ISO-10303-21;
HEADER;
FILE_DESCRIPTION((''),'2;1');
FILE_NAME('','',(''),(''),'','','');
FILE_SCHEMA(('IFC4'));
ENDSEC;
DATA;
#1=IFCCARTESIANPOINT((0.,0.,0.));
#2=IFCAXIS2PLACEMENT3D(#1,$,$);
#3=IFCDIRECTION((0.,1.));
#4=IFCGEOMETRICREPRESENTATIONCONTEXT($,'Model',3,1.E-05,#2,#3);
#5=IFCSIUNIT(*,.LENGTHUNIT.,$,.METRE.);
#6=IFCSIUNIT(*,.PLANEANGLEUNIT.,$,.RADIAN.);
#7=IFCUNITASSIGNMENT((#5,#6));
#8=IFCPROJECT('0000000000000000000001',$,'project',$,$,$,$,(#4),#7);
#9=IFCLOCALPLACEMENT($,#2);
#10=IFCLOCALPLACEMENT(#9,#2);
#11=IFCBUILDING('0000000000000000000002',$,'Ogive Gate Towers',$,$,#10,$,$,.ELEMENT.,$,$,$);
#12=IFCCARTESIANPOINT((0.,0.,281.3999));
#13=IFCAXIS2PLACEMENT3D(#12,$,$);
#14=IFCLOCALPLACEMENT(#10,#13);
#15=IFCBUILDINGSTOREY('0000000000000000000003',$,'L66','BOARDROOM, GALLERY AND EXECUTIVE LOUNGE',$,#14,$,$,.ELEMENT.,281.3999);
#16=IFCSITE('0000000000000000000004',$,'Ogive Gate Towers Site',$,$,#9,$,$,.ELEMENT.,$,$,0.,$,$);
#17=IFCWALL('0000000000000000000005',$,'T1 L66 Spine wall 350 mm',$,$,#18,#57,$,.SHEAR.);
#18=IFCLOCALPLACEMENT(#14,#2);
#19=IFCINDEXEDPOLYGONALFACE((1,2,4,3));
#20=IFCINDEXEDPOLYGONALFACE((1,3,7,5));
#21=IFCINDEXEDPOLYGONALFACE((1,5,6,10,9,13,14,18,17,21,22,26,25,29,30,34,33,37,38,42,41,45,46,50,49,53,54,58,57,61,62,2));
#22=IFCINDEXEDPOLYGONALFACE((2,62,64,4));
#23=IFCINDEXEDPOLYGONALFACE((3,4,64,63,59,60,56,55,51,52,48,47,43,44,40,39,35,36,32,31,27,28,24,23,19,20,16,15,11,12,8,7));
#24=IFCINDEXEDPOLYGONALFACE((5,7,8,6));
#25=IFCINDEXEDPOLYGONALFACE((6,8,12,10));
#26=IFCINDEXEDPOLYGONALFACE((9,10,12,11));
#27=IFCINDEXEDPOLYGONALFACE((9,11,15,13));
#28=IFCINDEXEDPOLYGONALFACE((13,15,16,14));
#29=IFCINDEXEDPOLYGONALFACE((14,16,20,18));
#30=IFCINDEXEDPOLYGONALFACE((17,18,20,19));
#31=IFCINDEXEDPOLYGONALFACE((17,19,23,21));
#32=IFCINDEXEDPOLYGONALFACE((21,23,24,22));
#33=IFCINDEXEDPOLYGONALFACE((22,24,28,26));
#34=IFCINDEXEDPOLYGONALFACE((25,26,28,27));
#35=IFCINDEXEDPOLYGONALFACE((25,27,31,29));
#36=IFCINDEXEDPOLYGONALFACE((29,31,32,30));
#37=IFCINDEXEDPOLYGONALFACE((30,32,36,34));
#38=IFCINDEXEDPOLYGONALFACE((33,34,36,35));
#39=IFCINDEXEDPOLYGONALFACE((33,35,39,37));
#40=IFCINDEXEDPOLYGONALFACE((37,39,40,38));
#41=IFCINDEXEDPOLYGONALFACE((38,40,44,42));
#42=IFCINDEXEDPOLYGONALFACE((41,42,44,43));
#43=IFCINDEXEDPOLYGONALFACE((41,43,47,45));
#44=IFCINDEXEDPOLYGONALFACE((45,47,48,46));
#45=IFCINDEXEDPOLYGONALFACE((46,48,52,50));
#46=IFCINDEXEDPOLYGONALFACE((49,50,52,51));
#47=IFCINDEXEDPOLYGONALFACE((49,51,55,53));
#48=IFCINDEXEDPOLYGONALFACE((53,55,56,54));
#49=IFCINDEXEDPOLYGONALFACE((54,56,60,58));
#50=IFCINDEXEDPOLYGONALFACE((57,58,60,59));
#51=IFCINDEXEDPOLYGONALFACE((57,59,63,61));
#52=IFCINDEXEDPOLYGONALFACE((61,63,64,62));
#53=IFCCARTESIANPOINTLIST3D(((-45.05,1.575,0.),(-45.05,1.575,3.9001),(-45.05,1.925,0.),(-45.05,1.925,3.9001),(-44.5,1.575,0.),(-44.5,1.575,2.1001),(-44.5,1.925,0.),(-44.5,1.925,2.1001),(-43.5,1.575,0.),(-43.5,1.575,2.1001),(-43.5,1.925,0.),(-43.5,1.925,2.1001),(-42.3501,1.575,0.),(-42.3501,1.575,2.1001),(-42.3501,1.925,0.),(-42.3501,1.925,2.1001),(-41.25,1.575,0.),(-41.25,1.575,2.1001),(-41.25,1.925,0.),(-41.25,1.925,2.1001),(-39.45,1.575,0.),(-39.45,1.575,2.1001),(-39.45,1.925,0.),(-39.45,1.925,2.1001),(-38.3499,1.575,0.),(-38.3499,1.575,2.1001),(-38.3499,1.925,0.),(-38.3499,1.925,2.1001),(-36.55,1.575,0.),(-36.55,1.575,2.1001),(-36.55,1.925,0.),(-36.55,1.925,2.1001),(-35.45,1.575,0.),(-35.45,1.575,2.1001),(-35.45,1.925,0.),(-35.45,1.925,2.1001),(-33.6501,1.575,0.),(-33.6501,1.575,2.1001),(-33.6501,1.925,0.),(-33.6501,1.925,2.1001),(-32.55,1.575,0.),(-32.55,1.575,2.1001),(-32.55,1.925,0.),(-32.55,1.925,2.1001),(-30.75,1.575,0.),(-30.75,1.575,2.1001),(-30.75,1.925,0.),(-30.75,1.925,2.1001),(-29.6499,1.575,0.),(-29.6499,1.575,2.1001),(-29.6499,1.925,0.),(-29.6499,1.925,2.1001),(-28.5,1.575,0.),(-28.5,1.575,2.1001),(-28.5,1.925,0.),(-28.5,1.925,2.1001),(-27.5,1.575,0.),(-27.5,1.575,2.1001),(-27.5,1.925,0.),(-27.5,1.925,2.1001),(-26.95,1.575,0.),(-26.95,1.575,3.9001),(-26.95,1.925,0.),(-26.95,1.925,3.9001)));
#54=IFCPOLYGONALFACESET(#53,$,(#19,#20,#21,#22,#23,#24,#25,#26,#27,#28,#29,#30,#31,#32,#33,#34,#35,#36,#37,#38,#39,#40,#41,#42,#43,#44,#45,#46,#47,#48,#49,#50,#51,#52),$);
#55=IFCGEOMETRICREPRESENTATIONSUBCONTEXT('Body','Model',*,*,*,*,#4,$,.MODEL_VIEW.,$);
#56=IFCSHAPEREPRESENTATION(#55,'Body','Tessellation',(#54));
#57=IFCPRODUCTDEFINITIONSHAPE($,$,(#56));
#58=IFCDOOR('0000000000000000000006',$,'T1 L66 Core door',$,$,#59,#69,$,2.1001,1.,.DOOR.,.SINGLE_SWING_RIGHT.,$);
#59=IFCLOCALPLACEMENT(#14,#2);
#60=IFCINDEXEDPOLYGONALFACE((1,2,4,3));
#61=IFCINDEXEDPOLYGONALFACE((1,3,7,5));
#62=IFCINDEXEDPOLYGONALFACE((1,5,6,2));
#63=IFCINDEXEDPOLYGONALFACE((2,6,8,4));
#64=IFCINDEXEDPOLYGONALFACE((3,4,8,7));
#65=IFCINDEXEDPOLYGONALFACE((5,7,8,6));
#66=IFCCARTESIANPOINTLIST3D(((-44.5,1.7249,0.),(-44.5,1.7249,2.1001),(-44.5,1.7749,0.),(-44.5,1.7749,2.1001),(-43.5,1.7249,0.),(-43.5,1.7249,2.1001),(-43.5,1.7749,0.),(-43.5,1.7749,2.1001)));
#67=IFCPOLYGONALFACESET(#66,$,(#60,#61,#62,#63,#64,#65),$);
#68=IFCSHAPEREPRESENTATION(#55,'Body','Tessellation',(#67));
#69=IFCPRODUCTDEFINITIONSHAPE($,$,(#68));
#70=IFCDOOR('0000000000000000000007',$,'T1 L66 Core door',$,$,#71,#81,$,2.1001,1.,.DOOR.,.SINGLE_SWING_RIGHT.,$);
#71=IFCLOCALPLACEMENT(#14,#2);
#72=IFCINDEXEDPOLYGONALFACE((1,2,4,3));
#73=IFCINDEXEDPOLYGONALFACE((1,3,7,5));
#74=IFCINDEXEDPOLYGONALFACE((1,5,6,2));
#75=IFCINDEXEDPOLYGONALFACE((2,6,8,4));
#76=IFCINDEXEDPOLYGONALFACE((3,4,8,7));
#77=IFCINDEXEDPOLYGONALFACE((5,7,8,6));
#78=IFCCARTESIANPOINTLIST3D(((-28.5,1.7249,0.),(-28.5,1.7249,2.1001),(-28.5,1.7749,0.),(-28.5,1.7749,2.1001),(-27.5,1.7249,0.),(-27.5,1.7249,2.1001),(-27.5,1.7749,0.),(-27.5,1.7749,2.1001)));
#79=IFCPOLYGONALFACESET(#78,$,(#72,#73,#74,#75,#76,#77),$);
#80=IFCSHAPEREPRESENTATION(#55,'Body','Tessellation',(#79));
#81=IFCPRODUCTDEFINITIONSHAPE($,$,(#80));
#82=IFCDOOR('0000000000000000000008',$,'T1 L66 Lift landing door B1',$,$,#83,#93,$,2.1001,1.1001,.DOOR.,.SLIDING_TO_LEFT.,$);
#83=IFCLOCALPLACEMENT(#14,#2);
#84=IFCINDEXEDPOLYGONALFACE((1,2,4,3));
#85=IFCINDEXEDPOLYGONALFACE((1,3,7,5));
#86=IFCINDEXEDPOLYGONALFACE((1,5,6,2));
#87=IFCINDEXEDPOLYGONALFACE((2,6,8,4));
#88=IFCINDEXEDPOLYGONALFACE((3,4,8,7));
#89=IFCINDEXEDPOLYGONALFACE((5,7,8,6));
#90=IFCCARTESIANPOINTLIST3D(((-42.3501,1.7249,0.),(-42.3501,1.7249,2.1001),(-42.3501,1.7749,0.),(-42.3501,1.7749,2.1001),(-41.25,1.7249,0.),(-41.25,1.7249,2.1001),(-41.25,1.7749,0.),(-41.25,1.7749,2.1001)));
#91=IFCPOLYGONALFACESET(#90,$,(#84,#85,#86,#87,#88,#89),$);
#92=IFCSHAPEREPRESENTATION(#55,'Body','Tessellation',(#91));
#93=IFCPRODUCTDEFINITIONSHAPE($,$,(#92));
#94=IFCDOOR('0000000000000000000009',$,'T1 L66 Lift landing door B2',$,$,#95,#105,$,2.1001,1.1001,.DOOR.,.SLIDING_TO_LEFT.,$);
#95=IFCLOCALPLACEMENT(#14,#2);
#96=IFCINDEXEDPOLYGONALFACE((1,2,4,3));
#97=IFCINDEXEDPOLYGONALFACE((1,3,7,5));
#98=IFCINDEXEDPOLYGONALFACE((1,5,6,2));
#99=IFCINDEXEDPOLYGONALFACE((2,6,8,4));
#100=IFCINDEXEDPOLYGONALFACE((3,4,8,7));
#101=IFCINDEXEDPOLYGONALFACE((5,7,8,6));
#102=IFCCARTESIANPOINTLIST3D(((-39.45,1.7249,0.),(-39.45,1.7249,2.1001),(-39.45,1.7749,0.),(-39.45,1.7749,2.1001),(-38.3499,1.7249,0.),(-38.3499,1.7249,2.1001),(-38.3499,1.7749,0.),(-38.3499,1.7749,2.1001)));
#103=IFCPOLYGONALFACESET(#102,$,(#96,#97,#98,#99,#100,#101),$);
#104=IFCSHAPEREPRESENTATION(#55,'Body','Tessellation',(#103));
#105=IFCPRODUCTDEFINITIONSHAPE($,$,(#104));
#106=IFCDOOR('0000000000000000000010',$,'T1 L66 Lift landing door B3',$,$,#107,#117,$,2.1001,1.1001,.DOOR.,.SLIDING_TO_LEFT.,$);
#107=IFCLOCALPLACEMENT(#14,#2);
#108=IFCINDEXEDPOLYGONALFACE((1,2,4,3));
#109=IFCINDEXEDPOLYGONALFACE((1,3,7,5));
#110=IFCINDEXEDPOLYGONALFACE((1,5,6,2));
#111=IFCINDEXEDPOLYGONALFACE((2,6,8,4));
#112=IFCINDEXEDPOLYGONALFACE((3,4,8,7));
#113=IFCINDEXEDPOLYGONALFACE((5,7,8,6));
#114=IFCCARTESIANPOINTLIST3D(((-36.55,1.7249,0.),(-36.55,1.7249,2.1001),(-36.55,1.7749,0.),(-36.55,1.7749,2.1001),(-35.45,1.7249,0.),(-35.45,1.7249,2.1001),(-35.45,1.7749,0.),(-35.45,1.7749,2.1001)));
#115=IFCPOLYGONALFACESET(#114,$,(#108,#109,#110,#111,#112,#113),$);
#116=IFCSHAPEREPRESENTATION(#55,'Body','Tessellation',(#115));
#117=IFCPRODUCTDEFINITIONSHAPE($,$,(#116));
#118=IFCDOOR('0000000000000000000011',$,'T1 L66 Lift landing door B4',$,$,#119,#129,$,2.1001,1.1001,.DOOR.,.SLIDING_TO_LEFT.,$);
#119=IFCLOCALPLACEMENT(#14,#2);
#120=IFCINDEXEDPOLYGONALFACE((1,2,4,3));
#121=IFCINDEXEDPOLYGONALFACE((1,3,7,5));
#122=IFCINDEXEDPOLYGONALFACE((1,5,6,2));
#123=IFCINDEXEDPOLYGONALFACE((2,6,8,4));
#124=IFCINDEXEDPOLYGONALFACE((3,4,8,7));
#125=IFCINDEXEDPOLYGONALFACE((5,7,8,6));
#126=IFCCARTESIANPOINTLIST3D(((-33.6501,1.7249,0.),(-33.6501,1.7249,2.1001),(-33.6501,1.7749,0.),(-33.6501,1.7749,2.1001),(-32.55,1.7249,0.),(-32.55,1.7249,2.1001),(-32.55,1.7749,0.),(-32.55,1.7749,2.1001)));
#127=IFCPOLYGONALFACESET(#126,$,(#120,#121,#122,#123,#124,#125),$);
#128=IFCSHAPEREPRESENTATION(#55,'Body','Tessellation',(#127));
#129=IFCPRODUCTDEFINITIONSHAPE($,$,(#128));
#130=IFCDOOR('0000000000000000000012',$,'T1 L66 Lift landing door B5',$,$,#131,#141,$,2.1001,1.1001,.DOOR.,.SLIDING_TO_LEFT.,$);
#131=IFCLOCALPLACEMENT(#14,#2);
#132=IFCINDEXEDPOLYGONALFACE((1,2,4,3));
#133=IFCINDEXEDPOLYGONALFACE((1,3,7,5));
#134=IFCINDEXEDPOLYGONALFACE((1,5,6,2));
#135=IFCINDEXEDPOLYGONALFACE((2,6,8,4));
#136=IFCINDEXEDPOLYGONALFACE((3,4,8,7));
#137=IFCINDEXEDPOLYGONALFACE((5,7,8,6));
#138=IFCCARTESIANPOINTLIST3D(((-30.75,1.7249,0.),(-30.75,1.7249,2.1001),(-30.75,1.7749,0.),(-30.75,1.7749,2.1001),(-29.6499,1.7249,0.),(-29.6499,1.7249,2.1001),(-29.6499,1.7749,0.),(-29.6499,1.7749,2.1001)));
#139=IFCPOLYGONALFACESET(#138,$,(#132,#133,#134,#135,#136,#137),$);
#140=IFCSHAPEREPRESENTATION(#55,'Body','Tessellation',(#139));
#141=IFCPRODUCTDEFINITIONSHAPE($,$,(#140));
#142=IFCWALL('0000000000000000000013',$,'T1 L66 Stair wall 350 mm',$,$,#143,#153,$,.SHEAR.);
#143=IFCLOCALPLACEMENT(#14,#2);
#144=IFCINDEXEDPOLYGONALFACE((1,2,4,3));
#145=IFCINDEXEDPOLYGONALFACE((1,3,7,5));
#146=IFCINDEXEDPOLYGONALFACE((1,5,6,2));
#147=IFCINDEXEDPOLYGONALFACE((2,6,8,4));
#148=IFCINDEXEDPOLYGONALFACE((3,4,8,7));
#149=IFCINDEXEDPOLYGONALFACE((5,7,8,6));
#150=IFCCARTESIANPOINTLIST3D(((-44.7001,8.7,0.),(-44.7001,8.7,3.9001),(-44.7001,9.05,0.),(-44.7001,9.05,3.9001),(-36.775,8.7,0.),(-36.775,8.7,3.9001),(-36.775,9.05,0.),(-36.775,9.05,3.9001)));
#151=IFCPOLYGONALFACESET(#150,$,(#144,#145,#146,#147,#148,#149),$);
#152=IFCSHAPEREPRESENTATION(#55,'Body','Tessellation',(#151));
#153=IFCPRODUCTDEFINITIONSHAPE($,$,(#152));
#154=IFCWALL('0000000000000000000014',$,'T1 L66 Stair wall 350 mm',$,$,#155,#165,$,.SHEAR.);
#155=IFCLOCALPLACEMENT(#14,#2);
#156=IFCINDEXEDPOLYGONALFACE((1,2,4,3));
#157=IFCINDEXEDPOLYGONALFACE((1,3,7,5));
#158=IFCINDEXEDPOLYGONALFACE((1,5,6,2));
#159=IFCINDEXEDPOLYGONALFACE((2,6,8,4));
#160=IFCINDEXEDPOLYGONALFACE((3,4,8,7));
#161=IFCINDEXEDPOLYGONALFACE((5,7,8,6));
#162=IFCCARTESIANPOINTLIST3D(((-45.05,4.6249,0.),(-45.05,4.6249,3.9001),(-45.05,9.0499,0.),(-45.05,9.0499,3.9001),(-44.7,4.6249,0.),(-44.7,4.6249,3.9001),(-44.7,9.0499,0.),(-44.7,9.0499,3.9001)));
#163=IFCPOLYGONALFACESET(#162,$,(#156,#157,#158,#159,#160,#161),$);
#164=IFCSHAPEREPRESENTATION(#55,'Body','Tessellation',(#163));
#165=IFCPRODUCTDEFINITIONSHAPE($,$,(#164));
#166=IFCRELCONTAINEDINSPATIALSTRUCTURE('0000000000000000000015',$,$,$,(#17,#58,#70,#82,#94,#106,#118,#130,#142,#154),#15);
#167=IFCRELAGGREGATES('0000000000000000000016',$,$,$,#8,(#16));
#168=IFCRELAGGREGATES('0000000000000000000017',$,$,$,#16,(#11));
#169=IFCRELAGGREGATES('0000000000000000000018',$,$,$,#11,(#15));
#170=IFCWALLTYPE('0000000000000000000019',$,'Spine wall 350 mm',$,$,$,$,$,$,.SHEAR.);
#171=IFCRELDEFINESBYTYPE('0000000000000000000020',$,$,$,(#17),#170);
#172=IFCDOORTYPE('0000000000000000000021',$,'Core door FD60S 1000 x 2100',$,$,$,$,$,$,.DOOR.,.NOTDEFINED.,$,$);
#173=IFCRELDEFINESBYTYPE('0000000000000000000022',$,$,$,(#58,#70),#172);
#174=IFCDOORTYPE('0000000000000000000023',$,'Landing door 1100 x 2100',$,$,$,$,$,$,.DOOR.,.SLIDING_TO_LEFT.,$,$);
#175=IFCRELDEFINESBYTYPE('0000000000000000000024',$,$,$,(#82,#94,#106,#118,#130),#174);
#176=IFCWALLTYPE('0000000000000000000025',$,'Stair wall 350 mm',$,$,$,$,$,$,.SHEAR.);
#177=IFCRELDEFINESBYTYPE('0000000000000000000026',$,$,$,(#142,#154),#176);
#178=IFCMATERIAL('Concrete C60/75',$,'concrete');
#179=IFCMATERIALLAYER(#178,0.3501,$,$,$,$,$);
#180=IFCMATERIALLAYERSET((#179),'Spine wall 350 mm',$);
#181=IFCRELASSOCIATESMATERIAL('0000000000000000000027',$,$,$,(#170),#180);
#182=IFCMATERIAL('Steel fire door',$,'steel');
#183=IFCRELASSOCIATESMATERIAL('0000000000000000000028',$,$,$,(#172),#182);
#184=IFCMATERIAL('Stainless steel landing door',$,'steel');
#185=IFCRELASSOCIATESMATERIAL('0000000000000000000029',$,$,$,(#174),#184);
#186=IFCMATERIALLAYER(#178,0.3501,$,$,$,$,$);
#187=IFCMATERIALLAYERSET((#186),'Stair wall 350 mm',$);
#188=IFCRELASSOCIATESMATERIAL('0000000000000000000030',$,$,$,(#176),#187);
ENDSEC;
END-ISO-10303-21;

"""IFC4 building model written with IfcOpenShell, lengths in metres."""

from ifc_helpers import new_model, si_unit, direction, frame, frame_2d, origin, place, context, subcontext, project, spatial, rectangle, extrude, material, layer, layer_set, type_object, element, fill, save


model = new_model("IFC4")

# Units and contexts
model_context = context("Model", 3, precision=1e-05, world=origin(), true_north=direction((0.0, 1.0)))
body_context = subcontext(model_context, "Body", "Model", "MODEL_VIEW")
ifc_project = project(units=[si_unit("LENGTHUNIT", "METRE"), si_unit("PLANEANGLEUNIT", "RADIAN")], contexts=[model_context])

# Site, building, storey
site_placement = place(None, origin())
site = spatial("IfcSite", under=ifc_project, at=site_placement, Name="Ogive Gate Towers Site", CompositionType="ELEMENT", RefElevation=0.0)
building_placement = place(site_placement, origin())
building = spatial("IfcBuilding", under=site, at=building_placement, Name="Ogive Gate Towers", CompositionType="ELEMENT")
storey_placement = place(building_placement, frame((0.0, 0.0, 281.3999)))
storey = spatial("IfcBuildingStorey", under=building, at=storey_placement, Name="L66", Description="BOARDROOM, GALLERY AND EXECUTIVE LOUNGE", CompositionType="ELEMENT", Elevation=281.3999)

# Shared definitions
ifc_material_1 = material(Name="Concrete C60/75", Category="concrete")
ifc_material_2 = material(Name="Steel fire door", Category="steel")

# Wall, openings, doors
ifc_layer_1 = layer(ifc_material_1, 0.3501)
ifc_layer_set_1 = layer_set([ifc_layer_1], Name="Spine wall 350 mm")
wall_type_1 = type_object("IfcWallType", Name="Spine wall 350 mm", PredefinedType="SHEAR", material=ifc_layer_set_1)
wall_1_placement = place(storey_placement, frame((-45.05, 1.75, 0.0), z_axis=(0.0, 0.0, 1.0), x_axis=(1.0, 0.0, 0.0)))
wall_1 = element("IfcWall", 1, at=wall_1_placement, inside=storey, type_object=wall_type_1, Name="T1 L66 Spine wall 350 mm", PredefinedType="SHEAR", context=body_context, shape_type="SweptSolid", body=[
    extrude(rectangle(XDim=18.1001, YDim=0.3501, at=frame_2d((9.05, 0.0))), origin(), (0.0, 0.0, 1.0), 3.9001),
])
opening_1_placement = place(wall_1_placement, frame((0.55, 0.0, 0.0)))
opening_1 = element("IfcOpeningElement", 2, at=opening_1_placement, cuts=wall_1, PredefinedType="OPENING", context=body_context, shape_type="SweptSolid", body=[
    extrude(rectangle(XDim=1.0, YDim=2.1001, at=frame_2d((0.5, 1.05))), frame((0.0, 0.1851, 0.0), z_axis=(0.0, -1.0, 0.0), x_axis=(1.0, 0.0, 0.0)), (0.0, 0.0, 1.0), 0.3701),
])
opening_2_placement = place(wall_1_placement, frame((2.7, 0.0, 0.0)))
opening_2 = element("IfcOpeningElement", 3, at=opening_2_placement, cuts=wall_1, PredefinedType="OPENING", context=body_context, shape_type="SweptSolid", body=[
    extrude(rectangle(XDim=1.1001, YDim=2.1001, at=frame_2d((0.55, 1.05))), frame((0.0, 0.1851, 0.0), z_axis=(0.0, -1.0, 0.0), x_axis=(1.0, 0.0, 0.0)), (0.0, 0.0, 1.0), 0.3701),
])
opening_3_placement = place(wall_1_placement, frame((5.6001, 0.0, 0.0)))
opening_3 = element("IfcOpeningElement", 4, at=opening_3_placement, cuts=wall_1, PredefinedType="OPENING", context=body_context, shape_type="SweptSolid", body=[
    extrude(rectangle(XDim=1.1001, YDim=2.1001, at=frame_2d((0.55, 1.05))), frame((0.0, 0.1851, 0.0), z_axis=(0.0, -1.0, 0.0), x_axis=(1.0, 0.0, 0.0)), (0.0, 0.0, 1.0), 0.3701),
])
opening_4_placement = place(wall_1_placement, frame((8.5, 0.0, 0.0)))
opening_4 = element("IfcOpeningElement", 5, at=opening_4_placement, cuts=wall_1, PredefinedType="OPENING", context=body_context, shape_type="SweptSolid", body=[
    extrude(rectangle(XDim=1.1001, YDim=2.1001, at=frame_2d((0.55, 1.05))), frame((0.0, 0.1851, 0.0), z_axis=(0.0, -1.0, 0.0), x_axis=(1.0, 0.0, 0.0)), (0.0, 0.0, 1.0), 0.3701),
])
opening_5_placement = place(wall_1_placement, frame((11.3999, 0.0, 0.0)))
opening_5 = element("IfcOpeningElement", 6, at=opening_5_placement, cuts=wall_1, PredefinedType="OPENING", context=body_context, shape_type="SweptSolid", body=[
    extrude(rectangle(XDim=1.1001, YDim=2.1001, at=frame_2d((0.55, 1.05))), frame((0.0, 0.1851, 0.0), z_axis=(0.0, -1.0, 0.0), x_axis=(1.0, 0.0, 0.0)), (0.0, 0.0, 1.0), 0.3701),
])
opening_6_placement = place(wall_1_placement, frame((14.3, 0.0, 0.0)))
opening_6 = element("IfcOpeningElement", 7, at=opening_6_placement, cuts=wall_1, PredefinedType="OPENING", context=body_context, shape_type="SweptSolid", body=[
    extrude(rectangle(XDim=1.1001, YDim=2.1001, at=frame_2d((0.55, 1.05))), frame((0.0, 0.1851, 0.0), z_axis=(0.0, -1.0, 0.0), x_axis=(1.0, 0.0, 0.0)), (0.0, 0.0, 1.0), 0.3701),
])
opening_7_placement = place(wall_1_placement, frame((16.55, 0.0, 0.0)))
opening_7 = element("IfcOpeningElement", 8, at=opening_7_placement, cuts=wall_1, PredefinedType="OPENING", context=body_context, shape_type="SweptSolid", body=[
    extrude(rectangle(XDim=1.0, YDim=2.1001, at=frame_2d((0.5, 1.05))), frame((0.0, 0.1851, 0.0), z_axis=(0.0, -1.0, 0.0), x_axis=(1.0, 0.0, 0.0)), (0.0, 0.0, 1.0), 0.3701),
])
door_type_1 = type_object("IfcDoorType", Name="Core door FD60S 1000 x 2100", OperationType="NOTDEFINED", PredefinedType="DOOR", material=ifc_material_2)
door_1_placement = place(opening_1_placement, origin())
door_1 = element("IfcDoor", 9, at=door_1_placement, inside=storey, type_object=door_type_1, Name="T1 L66 Core door", OperationType="SINGLE_SWING_RIGHT", OverallHeight=2.1001, OverallWidth=1.0, PredefinedType="DOOR", context=body_context, shape_type="SweptSolid", body=[
    extrude(rectangle(XDim=1.0, YDim=2.1001, at=frame_2d((0.5, 1.05))), frame((0.0, 0.0249, 0.0), z_axis=(0.0, -1.0, 0.0), x_axis=(1.0, 0.0, 0.0)), (0.0, 0.0, 1.0), 0.05),
])
fill(opening_1, door_1)
door_2_placement = place(opening_7_placement, origin())
door_2 = element("IfcDoor", 10, at=door_2_placement, inside=storey, type_object=door_type_1, Name="T1 L66 Core door", OperationType="SINGLE_SWING_RIGHT", OverallHeight=2.1001, OverallWidth=1.0, PredefinedType="DOOR", context=body_context, shape_type="SweptSolid", body=[
    extrude(rectangle(XDim=1.0, YDim=2.1001, at=frame_2d((0.5, 1.05))), frame((0.0, 0.0249, 0.0), z_axis=(0.0, -1.0, 0.0), x_axis=(1.0, 0.0, 0.0)), (0.0, 0.0, 1.0), 0.05),
])
fill(opening_7, door_2)
ifc_material_3 = material(Name="Stainless steel landing door", Category="steel")
door_type_2 = type_object("IfcDoorType", Name="Landing door 1100 x 2100", OperationType="SLIDING_TO_LEFT", PredefinedType="DOOR", material=ifc_material_3)
door_3_placement = place(opening_2_placement, origin())
door_3 = element("IfcDoor", 11, at=door_3_placement, inside=storey, type_object=door_type_2, Name="T1 L66 Lift landing door B1", OperationType="SLIDING_TO_LEFT", OverallHeight=2.1001, OverallWidth=1.1001, PredefinedType="DOOR", context=body_context, shape_type="SweptSolid", body=[
    extrude(rectangle(XDim=1.1001, YDim=2.1001, at=frame_2d((0.55, 1.05))), frame((0.0, 0.0249, 0.0), z_axis=(0.0, -1.0, 0.0), x_axis=(1.0, 0.0, 0.0)), (0.0, 0.0, 1.0), 0.05),
])
fill(opening_2, door_3)
door_4_placement = place(opening_3_placement, origin())
door_4 = element("IfcDoor", 12, at=door_4_placement, inside=storey, type_object=door_type_2, Name="T1 L66 Lift landing door B2", OperationType="SLIDING_TO_LEFT", OverallHeight=2.1001, OverallWidth=1.1001, PredefinedType="DOOR", context=body_context, shape_type="SweptSolid", body=[
    extrude(rectangle(XDim=1.1001, YDim=2.1001, at=frame_2d((0.55, 1.05))), frame((0.0, 0.0249, 0.0), z_axis=(0.0, -1.0, 0.0), x_axis=(1.0, 0.0, 0.0)), (0.0, 0.0, 1.0), 0.05),
])
fill(opening_3, door_4)
door_5_placement = place(opening_4_placement, origin())
door_5 = element("IfcDoor", 13, at=door_5_placement, inside=storey, type_object=door_type_2, Name="T1 L66 Lift landing door B3", OperationType="SLIDING_TO_LEFT", OverallHeight=2.1001, OverallWidth=1.1001, PredefinedType="DOOR", context=body_context, shape_type="SweptSolid", body=[
    extrude(rectangle(XDim=1.1001, YDim=2.1001, at=frame_2d((0.55, 1.05))), frame((0.0, 0.0249, 0.0), z_axis=(0.0, -1.0, 0.0), x_axis=(1.0, 0.0, 0.0)), (0.0, 0.0, 1.0), 0.05),
])
fill(opening_4, door_5)
door_6_placement = place(opening_5_placement, origin())
door_6 = element("IfcDoor", 14, at=door_6_placement, inside=storey, type_object=door_type_2, Name="T1 L66 Lift landing door B4", OperationType="SLIDING_TO_LEFT", OverallHeight=2.1001, OverallWidth=1.1001, PredefinedType="DOOR", context=body_context, shape_type="SweptSolid", body=[
    extrude(rectangle(XDim=1.1001, YDim=2.1001, at=frame_2d((0.55, 1.05))), frame((0.0, 0.0249, 0.0), z_axis=(0.0, -1.0, 0.0), x_axis=(1.0, 0.0, 0.0)), (0.0, 0.0, 1.0), 0.05),
])
fill(opening_5, door_6)
door_7_placement = place(opening_6_placement, origin())
door_7 = element("IfcDoor", 15, at=door_7_placement, inside=storey, type_object=door_type_2, Name="T1 L66 Lift landing door B5", OperationType="SLIDING_TO_LEFT", OverallHeight=2.1001, OverallWidth=1.1001, PredefinedType="DOOR", context=body_context, shape_type="SweptSolid", body=[
    extrude(rectangle(XDim=1.1001, YDim=2.1001, at=frame_2d((0.55, 1.05))), frame((0.0, 0.0249, 0.0), z_axis=(0.0, -1.0, 0.0), x_axis=(1.0, 0.0, 0.0)), (0.0, 0.0, 1.0), 0.05),
])
fill(opening_6, door_7)

# Walls
ifc_layer_2 = layer(ifc_material_1, 0.3501)
ifc_layer_set_2 = layer_set([ifc_layer_2], Name="Stair wall 350 mm")
wall_type_2 = type_object("IfcWallType", Name="Stair wall 350 mm", PredefinedType="SHEAR", material=ifc_layer_set_2)
wall_2_placement = place(storey_placement, frame((-44.7, 8.875, 0.0), z_axis=(0.0, 0.0, 1.0), x_axis=(1.0, 0.0, 0.0)))
element("IfcWall", 16, at=wall_2_placement, inside=storey, type_object=wall_type_2, Name="T1 L66 Stair wall 350 mm", PredefinedType="SHEAR", context=body_context, shape_type="SweptSolid", body=[
    extrude(rectangle(XDim=7.925, YDim=0.3501, at=frame_2d((3.9624, 0.0))), origin(), (0.0, 0.0, 1.0), 3.9001),
])
wall_3_placement = place(storey_placement, frame((-44.875, 4.625, 0.0), z_axis=(0.0, 0.0, 1.0), x_axis=(0.0, 1.0, 0.0)))
element("IfcWall", 17, at=wall_3_placement, inside=storey, type_object=wall_type_2, Name="T1 L66 Stair wall 350 mm", PredefinedType="SHEAR", context=body_context, shape_type="SweptSolid", body=[
    extrude(rectangle(XDim=4.425, YDim=0.3501, at=frame_2d((2.2124, 0.0))), origin(), (0.0, 0.0, 1.0), 3.9001),
])

save(model, "model.ifc")
